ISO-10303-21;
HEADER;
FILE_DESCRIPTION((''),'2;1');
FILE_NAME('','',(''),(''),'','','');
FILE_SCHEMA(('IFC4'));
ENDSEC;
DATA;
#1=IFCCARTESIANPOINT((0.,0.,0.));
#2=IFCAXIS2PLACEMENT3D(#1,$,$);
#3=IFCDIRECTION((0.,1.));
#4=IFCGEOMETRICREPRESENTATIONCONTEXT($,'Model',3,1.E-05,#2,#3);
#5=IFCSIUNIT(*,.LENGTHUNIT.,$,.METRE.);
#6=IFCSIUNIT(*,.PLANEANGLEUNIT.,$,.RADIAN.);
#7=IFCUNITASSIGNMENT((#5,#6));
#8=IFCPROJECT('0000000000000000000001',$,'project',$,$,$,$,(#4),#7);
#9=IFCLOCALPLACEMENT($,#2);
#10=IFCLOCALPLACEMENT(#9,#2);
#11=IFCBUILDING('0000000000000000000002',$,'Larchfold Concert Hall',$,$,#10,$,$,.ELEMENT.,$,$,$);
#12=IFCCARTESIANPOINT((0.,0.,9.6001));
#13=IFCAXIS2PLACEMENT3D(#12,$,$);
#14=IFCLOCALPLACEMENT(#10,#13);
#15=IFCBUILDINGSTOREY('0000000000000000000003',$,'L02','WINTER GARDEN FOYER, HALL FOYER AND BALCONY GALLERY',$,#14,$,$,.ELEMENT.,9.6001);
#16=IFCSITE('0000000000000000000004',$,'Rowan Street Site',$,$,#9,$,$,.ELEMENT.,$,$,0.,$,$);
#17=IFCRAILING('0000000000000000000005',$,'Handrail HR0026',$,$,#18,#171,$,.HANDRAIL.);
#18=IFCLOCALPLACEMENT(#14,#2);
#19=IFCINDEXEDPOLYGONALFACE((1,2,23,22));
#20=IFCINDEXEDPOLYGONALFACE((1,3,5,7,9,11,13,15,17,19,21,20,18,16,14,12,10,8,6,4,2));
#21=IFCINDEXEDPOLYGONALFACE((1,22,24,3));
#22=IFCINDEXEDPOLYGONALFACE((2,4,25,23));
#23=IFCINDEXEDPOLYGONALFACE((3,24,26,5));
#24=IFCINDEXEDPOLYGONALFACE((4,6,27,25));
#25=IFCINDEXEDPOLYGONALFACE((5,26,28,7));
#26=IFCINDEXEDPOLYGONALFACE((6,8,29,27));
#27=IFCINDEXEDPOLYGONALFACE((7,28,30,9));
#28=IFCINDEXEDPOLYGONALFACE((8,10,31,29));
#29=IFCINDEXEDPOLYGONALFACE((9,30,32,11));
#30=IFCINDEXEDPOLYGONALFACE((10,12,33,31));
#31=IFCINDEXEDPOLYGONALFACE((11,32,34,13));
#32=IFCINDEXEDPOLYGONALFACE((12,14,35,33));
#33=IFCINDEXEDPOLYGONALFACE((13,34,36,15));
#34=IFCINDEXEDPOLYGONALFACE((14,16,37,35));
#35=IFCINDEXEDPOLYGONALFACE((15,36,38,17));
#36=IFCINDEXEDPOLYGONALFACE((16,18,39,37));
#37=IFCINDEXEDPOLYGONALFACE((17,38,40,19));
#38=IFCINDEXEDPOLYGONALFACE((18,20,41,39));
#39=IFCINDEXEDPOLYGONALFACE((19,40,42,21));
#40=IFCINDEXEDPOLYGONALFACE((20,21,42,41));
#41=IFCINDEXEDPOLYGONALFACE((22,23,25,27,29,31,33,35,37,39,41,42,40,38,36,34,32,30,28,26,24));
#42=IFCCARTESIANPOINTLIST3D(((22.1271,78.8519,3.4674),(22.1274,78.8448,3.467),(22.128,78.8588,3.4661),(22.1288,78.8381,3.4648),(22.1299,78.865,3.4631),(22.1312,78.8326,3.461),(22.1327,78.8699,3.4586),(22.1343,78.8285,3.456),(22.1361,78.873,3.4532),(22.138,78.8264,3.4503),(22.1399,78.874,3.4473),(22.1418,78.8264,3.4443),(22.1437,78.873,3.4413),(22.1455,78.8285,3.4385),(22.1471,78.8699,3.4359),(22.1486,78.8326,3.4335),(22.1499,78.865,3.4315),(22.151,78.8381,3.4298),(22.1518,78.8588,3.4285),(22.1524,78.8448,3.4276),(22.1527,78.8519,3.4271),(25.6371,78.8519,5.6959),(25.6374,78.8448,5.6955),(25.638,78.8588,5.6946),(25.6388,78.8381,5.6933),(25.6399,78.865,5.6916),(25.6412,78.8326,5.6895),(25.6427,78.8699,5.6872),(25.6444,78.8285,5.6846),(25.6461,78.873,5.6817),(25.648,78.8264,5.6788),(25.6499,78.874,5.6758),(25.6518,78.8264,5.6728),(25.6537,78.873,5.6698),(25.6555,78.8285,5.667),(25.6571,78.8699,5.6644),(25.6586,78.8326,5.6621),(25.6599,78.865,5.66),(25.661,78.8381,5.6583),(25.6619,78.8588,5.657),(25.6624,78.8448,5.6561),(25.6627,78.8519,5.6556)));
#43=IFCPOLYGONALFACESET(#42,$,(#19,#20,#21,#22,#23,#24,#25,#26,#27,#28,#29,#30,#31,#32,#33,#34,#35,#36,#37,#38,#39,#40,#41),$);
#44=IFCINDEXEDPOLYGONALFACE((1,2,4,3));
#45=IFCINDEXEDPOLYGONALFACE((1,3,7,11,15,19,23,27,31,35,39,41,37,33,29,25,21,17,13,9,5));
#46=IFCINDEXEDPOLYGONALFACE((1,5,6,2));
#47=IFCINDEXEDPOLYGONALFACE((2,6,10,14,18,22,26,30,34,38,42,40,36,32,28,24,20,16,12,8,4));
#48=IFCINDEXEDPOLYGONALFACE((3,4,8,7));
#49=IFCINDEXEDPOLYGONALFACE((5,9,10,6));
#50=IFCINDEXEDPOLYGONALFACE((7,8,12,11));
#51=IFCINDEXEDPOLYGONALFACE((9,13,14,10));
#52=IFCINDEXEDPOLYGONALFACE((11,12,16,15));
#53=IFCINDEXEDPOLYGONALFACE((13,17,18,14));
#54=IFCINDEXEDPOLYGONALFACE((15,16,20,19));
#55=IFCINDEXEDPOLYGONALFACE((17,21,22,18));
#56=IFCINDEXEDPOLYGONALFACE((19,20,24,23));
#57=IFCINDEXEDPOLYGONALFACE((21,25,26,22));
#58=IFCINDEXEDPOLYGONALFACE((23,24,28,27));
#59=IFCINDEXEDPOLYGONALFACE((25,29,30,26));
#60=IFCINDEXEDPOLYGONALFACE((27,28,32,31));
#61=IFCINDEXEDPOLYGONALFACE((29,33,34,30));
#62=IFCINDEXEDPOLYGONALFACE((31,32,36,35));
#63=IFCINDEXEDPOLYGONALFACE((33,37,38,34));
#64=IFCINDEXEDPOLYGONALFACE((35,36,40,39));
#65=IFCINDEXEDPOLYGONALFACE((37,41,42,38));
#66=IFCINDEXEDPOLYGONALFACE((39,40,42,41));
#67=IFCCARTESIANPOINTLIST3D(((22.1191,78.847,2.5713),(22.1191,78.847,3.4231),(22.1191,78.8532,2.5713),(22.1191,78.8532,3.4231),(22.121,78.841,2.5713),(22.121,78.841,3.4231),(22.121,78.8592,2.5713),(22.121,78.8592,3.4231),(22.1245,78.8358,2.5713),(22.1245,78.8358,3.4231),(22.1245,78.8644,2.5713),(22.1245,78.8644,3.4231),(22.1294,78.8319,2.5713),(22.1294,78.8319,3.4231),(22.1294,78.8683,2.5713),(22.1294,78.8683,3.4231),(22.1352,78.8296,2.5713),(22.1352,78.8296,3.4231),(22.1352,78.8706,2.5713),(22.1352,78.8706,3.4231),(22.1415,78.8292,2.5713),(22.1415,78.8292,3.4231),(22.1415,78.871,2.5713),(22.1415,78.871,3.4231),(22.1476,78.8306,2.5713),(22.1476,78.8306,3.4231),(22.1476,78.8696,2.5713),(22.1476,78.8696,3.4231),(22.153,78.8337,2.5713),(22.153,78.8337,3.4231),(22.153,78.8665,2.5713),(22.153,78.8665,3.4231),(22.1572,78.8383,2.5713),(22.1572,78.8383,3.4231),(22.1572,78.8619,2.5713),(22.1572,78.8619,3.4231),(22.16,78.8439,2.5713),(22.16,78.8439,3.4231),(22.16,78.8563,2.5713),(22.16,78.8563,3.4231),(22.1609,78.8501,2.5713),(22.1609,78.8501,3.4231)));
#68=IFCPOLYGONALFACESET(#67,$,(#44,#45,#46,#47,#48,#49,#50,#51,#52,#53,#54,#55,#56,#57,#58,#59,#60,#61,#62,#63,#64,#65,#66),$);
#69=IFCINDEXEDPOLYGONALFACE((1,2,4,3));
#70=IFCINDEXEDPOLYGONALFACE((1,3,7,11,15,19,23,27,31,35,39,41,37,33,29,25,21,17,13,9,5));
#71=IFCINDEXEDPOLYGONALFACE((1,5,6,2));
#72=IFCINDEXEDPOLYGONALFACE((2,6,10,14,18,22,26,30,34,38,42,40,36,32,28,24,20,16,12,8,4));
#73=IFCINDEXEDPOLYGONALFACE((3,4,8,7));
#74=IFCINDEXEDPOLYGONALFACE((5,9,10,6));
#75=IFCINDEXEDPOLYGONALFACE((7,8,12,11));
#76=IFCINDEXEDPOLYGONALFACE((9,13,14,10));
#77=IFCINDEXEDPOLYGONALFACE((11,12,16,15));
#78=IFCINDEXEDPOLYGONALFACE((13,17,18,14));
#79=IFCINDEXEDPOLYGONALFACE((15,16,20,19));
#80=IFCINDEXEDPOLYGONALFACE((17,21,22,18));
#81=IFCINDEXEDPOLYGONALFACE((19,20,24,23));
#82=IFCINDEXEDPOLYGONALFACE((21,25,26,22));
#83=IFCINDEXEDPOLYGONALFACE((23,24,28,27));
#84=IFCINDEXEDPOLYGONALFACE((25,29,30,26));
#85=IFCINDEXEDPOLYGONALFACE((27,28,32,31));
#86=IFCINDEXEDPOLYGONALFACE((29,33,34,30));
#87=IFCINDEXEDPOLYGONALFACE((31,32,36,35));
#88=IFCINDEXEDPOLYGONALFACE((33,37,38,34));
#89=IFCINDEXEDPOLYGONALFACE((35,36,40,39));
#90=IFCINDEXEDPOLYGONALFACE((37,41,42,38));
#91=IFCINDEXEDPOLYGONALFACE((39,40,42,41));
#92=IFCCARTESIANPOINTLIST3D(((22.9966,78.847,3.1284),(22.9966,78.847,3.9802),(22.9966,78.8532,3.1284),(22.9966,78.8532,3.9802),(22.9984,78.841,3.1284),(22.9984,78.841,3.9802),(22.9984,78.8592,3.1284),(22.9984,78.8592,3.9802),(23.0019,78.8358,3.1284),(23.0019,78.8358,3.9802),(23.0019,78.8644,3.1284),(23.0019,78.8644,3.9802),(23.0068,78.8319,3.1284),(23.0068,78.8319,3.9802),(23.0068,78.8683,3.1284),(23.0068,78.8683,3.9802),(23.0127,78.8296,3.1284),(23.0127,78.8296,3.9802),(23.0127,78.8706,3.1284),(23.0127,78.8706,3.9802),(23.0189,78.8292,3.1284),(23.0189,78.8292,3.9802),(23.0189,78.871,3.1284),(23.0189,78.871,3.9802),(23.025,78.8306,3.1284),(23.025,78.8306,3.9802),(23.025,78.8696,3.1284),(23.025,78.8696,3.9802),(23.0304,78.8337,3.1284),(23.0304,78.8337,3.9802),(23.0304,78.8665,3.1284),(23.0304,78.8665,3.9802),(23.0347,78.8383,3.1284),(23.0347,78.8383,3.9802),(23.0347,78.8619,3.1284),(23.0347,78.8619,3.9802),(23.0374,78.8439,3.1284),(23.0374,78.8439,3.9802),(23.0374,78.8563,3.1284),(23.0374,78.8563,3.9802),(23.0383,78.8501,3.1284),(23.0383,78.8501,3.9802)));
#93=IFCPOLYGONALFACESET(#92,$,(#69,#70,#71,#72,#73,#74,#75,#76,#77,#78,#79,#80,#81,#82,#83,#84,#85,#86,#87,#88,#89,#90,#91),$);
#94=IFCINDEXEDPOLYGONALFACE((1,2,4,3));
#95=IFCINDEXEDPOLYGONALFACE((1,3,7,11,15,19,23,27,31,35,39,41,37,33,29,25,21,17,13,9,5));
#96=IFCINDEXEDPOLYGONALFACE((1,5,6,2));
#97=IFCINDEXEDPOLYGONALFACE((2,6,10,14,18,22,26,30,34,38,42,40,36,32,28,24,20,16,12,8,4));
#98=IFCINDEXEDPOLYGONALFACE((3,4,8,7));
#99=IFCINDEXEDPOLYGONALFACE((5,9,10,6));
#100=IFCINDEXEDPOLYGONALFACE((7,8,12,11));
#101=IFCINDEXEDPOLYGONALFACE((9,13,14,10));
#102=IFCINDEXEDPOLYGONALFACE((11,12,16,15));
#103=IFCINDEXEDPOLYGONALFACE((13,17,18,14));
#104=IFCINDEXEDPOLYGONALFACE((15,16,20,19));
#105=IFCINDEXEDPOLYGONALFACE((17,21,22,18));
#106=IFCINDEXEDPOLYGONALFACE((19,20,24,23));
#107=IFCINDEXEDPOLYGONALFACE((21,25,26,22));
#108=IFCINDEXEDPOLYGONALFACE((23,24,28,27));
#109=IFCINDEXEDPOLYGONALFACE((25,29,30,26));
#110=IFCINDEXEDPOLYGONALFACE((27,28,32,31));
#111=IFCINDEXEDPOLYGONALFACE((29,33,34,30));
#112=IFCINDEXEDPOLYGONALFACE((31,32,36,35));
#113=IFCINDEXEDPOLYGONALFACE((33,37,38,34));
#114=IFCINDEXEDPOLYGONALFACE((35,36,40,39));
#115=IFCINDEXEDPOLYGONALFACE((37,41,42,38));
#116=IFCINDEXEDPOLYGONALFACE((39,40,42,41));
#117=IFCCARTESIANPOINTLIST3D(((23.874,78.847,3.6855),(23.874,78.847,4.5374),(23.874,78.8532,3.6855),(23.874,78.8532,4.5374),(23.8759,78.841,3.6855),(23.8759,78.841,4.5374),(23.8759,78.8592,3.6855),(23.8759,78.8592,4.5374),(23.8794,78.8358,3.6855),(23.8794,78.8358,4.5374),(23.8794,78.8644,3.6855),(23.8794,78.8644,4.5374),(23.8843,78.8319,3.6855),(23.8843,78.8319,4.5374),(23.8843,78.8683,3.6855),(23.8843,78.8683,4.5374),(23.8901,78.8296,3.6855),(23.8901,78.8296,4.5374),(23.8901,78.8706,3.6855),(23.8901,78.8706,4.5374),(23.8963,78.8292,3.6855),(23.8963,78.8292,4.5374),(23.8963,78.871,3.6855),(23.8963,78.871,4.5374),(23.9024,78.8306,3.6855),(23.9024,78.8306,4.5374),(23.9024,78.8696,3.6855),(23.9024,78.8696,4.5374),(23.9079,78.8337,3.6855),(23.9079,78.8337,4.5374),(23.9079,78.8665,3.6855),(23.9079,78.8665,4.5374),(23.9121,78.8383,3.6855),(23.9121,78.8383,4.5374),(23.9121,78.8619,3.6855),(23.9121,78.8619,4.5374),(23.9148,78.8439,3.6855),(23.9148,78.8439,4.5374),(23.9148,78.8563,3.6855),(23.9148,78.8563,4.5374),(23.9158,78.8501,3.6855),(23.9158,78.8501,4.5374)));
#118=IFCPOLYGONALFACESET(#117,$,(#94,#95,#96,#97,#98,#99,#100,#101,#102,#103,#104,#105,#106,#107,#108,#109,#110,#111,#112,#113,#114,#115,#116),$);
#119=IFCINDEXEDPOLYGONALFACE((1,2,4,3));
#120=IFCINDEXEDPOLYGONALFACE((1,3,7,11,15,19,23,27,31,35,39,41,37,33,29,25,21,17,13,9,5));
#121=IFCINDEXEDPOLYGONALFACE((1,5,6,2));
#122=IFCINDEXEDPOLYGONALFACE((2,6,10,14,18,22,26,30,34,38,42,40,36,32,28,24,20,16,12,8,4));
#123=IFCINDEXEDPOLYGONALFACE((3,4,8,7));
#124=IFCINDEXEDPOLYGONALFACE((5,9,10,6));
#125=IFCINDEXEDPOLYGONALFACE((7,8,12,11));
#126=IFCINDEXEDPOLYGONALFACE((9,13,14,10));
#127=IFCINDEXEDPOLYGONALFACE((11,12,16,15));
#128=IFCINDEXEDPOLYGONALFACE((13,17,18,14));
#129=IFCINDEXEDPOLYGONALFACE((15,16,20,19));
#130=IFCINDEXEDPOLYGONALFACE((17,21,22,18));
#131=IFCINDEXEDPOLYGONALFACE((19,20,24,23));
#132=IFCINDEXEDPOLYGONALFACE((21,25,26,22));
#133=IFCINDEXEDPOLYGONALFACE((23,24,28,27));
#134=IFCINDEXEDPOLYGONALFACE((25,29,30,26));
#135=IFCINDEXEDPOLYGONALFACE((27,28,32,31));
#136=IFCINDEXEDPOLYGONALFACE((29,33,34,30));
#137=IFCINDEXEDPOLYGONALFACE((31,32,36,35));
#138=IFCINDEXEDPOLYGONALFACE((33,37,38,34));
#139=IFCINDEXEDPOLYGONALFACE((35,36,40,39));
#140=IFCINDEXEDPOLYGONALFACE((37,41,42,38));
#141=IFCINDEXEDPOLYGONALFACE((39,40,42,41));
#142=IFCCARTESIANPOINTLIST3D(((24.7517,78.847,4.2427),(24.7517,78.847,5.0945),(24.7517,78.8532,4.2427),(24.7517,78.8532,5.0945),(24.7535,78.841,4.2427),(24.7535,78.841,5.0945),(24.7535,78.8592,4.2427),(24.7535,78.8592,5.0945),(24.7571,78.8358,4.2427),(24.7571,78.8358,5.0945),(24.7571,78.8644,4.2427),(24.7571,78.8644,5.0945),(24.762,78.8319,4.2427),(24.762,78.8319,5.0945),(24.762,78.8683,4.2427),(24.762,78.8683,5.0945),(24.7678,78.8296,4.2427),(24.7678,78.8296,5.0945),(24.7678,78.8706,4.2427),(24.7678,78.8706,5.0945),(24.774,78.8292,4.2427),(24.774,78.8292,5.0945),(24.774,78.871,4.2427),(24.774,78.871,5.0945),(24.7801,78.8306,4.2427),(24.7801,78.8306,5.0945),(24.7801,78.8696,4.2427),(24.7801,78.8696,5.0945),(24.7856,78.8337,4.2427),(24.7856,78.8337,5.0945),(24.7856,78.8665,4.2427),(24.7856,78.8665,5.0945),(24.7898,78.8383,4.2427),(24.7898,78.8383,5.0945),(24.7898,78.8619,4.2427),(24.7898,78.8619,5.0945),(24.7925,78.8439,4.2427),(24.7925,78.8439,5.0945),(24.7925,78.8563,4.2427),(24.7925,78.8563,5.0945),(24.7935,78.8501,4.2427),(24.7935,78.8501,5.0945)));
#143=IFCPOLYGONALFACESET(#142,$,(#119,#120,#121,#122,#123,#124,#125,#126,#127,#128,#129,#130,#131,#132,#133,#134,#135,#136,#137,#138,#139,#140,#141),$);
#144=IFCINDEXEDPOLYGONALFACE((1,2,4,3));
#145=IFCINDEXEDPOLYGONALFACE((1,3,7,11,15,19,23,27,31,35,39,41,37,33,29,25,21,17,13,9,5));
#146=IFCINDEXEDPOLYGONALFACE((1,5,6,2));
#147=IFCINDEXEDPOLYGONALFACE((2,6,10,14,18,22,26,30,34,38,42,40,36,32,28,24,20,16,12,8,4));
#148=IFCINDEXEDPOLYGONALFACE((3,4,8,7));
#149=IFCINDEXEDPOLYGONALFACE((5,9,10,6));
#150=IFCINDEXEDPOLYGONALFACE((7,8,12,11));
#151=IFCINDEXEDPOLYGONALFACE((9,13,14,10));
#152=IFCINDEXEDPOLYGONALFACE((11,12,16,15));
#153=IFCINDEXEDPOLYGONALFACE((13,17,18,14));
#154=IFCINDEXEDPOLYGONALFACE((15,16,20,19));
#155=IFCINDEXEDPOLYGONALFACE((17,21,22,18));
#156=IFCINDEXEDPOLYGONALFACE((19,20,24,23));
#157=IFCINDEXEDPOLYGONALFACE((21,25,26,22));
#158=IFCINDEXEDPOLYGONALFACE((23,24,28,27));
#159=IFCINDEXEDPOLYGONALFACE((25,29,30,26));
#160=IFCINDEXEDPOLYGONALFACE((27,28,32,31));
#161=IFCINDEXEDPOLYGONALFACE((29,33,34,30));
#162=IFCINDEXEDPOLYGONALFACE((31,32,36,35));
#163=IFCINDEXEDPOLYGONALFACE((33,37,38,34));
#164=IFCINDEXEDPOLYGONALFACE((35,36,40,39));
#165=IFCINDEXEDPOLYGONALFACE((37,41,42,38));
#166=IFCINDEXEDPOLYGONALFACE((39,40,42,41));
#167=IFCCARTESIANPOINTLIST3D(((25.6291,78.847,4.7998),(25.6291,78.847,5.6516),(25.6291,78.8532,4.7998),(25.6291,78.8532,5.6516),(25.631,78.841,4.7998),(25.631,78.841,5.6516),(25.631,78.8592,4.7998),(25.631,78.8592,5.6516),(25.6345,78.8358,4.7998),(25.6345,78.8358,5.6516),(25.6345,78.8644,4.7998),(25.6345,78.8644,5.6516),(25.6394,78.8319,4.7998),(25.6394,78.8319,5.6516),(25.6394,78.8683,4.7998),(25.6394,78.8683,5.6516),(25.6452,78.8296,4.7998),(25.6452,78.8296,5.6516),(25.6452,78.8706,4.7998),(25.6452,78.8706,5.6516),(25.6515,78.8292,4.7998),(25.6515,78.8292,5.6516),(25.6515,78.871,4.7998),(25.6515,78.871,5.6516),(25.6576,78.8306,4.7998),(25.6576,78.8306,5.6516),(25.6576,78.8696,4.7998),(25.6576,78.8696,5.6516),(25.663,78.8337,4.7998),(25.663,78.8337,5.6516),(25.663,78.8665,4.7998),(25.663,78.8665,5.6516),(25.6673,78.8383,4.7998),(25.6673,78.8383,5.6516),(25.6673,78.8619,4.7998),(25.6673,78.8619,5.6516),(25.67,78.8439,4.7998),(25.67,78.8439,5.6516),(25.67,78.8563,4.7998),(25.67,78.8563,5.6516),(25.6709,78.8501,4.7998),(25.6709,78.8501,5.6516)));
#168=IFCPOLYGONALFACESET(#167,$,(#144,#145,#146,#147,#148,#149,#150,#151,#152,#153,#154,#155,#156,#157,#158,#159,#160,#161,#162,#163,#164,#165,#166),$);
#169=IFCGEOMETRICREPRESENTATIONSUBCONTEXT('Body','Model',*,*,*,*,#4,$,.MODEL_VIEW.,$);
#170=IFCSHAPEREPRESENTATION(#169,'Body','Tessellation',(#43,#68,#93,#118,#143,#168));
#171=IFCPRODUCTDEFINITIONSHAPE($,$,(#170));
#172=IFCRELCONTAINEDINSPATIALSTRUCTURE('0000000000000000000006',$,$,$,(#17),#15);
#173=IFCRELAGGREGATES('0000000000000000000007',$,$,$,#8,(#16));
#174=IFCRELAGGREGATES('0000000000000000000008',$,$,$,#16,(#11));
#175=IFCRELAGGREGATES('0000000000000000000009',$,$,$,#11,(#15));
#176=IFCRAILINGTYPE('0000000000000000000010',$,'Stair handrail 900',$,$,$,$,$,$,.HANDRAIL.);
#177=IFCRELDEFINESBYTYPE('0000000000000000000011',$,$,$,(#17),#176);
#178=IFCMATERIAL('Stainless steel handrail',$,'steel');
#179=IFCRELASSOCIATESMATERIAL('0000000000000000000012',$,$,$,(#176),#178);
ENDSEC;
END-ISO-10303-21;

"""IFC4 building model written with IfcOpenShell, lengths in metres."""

from ifc_helpers import new_model, si_unit, direction, frame, origin, origin_2d, place, context, subcontext, project, spatial, circle, extrude, material, type_object, element, save


model = new_model("IFC4")

# Units and contexts
model_context = context("Model", 3, precision=1e-05, world=origin(), true_north=direction((0.0, 1.0)))
body_context = subcontext(model_context, "Body", "Model", "MODEL_VIEW")
ifc_project = project(units=[si_unit("LENGTHUNIT", "METRE"), si_unit("PLANEANGLEUNIT", "RADIAN")], contexts=[model_context])

# Site, building, storey
site_placement = place(None, origin())
site = spatial("IfcSite", under=ifc_project, at=site_placement, Name="Rowan Street Site", CompositionType="ELEMENT", RefElevation=0.0)
building_placement = place(site_placement, origin())
building = spatial("IfcBuilding", under=site, at=building_placement, Name="Larchfold Concert Hall", CompositionType="ELEMENT")
storey_placement = place(building_placement, frame((0.0, 0.0, 9.6001)))
storey = spatial("IfcBuildingStorey", under=building, at=storey_placement, Name="L02", Description="WINTER GARDEN FOYER, HALL FOYER AND BALCONY GALLERY", CompositionType="ELEMENT", Elevation=9.6001)

# Railing
ifc_material_1 = material(Name="Stainless steel handrail", Category="steel")
railing_type_1 = type_object("IfcRailingType", Name="Stair handrail 900", PredefinedType="HANDRAIL", material=ifc_material_1)
railing_1_placement = place(storey_placement, frame((22.1399, 78.8501, 2.5713)))
element("IfcRailing", 1, at=railing_1_placement, inside=storey, type_object=railing_type_1, Name="Handrail HR0026", PredefinedType="HANDRAIL", context=body_context, shape_type="SweptSolid", body=[
    extrude(circle(Radius=0.0239, at=origin_2d()), frame((0.0, 0.0, 0.876), z_axis=(0.84422, 0.0, 0.535998), x_axis=(0.0, 1.0, 0.0)), (0.0, 0.0, 1.0), 4.1577),
    extrude(circle(Radius=0.021, at=origin_2d()), origin(), (0.0, 0.0, 1.0), 0.8518),
    extrude(circle(Radius=0.021, at=origin_2d()), frame((0.8774, 0.0, 0.5571)), (0.0, 0.0, 1.0), 0.8518),
    extrude(circle(Radius=0.021, at=origin_2d()), frame((1.7549, 0.0, 1.1143)), (0.0, 0.0, 1.0), 0.8518),
    extrude(circle(Radius=0.021, at=origin_2d()), frame((2.6326, 0.0, 1.6714)), (0.0, 0.0, 1.0), 0.8518),
    extrude(circle(Radius=0.021, at=origin_2d()), frame((3.51, 0.0, 2.2285)), (0.0, 0.0, 1.0), 0.8518),
])

save(model, "model.ifc")
